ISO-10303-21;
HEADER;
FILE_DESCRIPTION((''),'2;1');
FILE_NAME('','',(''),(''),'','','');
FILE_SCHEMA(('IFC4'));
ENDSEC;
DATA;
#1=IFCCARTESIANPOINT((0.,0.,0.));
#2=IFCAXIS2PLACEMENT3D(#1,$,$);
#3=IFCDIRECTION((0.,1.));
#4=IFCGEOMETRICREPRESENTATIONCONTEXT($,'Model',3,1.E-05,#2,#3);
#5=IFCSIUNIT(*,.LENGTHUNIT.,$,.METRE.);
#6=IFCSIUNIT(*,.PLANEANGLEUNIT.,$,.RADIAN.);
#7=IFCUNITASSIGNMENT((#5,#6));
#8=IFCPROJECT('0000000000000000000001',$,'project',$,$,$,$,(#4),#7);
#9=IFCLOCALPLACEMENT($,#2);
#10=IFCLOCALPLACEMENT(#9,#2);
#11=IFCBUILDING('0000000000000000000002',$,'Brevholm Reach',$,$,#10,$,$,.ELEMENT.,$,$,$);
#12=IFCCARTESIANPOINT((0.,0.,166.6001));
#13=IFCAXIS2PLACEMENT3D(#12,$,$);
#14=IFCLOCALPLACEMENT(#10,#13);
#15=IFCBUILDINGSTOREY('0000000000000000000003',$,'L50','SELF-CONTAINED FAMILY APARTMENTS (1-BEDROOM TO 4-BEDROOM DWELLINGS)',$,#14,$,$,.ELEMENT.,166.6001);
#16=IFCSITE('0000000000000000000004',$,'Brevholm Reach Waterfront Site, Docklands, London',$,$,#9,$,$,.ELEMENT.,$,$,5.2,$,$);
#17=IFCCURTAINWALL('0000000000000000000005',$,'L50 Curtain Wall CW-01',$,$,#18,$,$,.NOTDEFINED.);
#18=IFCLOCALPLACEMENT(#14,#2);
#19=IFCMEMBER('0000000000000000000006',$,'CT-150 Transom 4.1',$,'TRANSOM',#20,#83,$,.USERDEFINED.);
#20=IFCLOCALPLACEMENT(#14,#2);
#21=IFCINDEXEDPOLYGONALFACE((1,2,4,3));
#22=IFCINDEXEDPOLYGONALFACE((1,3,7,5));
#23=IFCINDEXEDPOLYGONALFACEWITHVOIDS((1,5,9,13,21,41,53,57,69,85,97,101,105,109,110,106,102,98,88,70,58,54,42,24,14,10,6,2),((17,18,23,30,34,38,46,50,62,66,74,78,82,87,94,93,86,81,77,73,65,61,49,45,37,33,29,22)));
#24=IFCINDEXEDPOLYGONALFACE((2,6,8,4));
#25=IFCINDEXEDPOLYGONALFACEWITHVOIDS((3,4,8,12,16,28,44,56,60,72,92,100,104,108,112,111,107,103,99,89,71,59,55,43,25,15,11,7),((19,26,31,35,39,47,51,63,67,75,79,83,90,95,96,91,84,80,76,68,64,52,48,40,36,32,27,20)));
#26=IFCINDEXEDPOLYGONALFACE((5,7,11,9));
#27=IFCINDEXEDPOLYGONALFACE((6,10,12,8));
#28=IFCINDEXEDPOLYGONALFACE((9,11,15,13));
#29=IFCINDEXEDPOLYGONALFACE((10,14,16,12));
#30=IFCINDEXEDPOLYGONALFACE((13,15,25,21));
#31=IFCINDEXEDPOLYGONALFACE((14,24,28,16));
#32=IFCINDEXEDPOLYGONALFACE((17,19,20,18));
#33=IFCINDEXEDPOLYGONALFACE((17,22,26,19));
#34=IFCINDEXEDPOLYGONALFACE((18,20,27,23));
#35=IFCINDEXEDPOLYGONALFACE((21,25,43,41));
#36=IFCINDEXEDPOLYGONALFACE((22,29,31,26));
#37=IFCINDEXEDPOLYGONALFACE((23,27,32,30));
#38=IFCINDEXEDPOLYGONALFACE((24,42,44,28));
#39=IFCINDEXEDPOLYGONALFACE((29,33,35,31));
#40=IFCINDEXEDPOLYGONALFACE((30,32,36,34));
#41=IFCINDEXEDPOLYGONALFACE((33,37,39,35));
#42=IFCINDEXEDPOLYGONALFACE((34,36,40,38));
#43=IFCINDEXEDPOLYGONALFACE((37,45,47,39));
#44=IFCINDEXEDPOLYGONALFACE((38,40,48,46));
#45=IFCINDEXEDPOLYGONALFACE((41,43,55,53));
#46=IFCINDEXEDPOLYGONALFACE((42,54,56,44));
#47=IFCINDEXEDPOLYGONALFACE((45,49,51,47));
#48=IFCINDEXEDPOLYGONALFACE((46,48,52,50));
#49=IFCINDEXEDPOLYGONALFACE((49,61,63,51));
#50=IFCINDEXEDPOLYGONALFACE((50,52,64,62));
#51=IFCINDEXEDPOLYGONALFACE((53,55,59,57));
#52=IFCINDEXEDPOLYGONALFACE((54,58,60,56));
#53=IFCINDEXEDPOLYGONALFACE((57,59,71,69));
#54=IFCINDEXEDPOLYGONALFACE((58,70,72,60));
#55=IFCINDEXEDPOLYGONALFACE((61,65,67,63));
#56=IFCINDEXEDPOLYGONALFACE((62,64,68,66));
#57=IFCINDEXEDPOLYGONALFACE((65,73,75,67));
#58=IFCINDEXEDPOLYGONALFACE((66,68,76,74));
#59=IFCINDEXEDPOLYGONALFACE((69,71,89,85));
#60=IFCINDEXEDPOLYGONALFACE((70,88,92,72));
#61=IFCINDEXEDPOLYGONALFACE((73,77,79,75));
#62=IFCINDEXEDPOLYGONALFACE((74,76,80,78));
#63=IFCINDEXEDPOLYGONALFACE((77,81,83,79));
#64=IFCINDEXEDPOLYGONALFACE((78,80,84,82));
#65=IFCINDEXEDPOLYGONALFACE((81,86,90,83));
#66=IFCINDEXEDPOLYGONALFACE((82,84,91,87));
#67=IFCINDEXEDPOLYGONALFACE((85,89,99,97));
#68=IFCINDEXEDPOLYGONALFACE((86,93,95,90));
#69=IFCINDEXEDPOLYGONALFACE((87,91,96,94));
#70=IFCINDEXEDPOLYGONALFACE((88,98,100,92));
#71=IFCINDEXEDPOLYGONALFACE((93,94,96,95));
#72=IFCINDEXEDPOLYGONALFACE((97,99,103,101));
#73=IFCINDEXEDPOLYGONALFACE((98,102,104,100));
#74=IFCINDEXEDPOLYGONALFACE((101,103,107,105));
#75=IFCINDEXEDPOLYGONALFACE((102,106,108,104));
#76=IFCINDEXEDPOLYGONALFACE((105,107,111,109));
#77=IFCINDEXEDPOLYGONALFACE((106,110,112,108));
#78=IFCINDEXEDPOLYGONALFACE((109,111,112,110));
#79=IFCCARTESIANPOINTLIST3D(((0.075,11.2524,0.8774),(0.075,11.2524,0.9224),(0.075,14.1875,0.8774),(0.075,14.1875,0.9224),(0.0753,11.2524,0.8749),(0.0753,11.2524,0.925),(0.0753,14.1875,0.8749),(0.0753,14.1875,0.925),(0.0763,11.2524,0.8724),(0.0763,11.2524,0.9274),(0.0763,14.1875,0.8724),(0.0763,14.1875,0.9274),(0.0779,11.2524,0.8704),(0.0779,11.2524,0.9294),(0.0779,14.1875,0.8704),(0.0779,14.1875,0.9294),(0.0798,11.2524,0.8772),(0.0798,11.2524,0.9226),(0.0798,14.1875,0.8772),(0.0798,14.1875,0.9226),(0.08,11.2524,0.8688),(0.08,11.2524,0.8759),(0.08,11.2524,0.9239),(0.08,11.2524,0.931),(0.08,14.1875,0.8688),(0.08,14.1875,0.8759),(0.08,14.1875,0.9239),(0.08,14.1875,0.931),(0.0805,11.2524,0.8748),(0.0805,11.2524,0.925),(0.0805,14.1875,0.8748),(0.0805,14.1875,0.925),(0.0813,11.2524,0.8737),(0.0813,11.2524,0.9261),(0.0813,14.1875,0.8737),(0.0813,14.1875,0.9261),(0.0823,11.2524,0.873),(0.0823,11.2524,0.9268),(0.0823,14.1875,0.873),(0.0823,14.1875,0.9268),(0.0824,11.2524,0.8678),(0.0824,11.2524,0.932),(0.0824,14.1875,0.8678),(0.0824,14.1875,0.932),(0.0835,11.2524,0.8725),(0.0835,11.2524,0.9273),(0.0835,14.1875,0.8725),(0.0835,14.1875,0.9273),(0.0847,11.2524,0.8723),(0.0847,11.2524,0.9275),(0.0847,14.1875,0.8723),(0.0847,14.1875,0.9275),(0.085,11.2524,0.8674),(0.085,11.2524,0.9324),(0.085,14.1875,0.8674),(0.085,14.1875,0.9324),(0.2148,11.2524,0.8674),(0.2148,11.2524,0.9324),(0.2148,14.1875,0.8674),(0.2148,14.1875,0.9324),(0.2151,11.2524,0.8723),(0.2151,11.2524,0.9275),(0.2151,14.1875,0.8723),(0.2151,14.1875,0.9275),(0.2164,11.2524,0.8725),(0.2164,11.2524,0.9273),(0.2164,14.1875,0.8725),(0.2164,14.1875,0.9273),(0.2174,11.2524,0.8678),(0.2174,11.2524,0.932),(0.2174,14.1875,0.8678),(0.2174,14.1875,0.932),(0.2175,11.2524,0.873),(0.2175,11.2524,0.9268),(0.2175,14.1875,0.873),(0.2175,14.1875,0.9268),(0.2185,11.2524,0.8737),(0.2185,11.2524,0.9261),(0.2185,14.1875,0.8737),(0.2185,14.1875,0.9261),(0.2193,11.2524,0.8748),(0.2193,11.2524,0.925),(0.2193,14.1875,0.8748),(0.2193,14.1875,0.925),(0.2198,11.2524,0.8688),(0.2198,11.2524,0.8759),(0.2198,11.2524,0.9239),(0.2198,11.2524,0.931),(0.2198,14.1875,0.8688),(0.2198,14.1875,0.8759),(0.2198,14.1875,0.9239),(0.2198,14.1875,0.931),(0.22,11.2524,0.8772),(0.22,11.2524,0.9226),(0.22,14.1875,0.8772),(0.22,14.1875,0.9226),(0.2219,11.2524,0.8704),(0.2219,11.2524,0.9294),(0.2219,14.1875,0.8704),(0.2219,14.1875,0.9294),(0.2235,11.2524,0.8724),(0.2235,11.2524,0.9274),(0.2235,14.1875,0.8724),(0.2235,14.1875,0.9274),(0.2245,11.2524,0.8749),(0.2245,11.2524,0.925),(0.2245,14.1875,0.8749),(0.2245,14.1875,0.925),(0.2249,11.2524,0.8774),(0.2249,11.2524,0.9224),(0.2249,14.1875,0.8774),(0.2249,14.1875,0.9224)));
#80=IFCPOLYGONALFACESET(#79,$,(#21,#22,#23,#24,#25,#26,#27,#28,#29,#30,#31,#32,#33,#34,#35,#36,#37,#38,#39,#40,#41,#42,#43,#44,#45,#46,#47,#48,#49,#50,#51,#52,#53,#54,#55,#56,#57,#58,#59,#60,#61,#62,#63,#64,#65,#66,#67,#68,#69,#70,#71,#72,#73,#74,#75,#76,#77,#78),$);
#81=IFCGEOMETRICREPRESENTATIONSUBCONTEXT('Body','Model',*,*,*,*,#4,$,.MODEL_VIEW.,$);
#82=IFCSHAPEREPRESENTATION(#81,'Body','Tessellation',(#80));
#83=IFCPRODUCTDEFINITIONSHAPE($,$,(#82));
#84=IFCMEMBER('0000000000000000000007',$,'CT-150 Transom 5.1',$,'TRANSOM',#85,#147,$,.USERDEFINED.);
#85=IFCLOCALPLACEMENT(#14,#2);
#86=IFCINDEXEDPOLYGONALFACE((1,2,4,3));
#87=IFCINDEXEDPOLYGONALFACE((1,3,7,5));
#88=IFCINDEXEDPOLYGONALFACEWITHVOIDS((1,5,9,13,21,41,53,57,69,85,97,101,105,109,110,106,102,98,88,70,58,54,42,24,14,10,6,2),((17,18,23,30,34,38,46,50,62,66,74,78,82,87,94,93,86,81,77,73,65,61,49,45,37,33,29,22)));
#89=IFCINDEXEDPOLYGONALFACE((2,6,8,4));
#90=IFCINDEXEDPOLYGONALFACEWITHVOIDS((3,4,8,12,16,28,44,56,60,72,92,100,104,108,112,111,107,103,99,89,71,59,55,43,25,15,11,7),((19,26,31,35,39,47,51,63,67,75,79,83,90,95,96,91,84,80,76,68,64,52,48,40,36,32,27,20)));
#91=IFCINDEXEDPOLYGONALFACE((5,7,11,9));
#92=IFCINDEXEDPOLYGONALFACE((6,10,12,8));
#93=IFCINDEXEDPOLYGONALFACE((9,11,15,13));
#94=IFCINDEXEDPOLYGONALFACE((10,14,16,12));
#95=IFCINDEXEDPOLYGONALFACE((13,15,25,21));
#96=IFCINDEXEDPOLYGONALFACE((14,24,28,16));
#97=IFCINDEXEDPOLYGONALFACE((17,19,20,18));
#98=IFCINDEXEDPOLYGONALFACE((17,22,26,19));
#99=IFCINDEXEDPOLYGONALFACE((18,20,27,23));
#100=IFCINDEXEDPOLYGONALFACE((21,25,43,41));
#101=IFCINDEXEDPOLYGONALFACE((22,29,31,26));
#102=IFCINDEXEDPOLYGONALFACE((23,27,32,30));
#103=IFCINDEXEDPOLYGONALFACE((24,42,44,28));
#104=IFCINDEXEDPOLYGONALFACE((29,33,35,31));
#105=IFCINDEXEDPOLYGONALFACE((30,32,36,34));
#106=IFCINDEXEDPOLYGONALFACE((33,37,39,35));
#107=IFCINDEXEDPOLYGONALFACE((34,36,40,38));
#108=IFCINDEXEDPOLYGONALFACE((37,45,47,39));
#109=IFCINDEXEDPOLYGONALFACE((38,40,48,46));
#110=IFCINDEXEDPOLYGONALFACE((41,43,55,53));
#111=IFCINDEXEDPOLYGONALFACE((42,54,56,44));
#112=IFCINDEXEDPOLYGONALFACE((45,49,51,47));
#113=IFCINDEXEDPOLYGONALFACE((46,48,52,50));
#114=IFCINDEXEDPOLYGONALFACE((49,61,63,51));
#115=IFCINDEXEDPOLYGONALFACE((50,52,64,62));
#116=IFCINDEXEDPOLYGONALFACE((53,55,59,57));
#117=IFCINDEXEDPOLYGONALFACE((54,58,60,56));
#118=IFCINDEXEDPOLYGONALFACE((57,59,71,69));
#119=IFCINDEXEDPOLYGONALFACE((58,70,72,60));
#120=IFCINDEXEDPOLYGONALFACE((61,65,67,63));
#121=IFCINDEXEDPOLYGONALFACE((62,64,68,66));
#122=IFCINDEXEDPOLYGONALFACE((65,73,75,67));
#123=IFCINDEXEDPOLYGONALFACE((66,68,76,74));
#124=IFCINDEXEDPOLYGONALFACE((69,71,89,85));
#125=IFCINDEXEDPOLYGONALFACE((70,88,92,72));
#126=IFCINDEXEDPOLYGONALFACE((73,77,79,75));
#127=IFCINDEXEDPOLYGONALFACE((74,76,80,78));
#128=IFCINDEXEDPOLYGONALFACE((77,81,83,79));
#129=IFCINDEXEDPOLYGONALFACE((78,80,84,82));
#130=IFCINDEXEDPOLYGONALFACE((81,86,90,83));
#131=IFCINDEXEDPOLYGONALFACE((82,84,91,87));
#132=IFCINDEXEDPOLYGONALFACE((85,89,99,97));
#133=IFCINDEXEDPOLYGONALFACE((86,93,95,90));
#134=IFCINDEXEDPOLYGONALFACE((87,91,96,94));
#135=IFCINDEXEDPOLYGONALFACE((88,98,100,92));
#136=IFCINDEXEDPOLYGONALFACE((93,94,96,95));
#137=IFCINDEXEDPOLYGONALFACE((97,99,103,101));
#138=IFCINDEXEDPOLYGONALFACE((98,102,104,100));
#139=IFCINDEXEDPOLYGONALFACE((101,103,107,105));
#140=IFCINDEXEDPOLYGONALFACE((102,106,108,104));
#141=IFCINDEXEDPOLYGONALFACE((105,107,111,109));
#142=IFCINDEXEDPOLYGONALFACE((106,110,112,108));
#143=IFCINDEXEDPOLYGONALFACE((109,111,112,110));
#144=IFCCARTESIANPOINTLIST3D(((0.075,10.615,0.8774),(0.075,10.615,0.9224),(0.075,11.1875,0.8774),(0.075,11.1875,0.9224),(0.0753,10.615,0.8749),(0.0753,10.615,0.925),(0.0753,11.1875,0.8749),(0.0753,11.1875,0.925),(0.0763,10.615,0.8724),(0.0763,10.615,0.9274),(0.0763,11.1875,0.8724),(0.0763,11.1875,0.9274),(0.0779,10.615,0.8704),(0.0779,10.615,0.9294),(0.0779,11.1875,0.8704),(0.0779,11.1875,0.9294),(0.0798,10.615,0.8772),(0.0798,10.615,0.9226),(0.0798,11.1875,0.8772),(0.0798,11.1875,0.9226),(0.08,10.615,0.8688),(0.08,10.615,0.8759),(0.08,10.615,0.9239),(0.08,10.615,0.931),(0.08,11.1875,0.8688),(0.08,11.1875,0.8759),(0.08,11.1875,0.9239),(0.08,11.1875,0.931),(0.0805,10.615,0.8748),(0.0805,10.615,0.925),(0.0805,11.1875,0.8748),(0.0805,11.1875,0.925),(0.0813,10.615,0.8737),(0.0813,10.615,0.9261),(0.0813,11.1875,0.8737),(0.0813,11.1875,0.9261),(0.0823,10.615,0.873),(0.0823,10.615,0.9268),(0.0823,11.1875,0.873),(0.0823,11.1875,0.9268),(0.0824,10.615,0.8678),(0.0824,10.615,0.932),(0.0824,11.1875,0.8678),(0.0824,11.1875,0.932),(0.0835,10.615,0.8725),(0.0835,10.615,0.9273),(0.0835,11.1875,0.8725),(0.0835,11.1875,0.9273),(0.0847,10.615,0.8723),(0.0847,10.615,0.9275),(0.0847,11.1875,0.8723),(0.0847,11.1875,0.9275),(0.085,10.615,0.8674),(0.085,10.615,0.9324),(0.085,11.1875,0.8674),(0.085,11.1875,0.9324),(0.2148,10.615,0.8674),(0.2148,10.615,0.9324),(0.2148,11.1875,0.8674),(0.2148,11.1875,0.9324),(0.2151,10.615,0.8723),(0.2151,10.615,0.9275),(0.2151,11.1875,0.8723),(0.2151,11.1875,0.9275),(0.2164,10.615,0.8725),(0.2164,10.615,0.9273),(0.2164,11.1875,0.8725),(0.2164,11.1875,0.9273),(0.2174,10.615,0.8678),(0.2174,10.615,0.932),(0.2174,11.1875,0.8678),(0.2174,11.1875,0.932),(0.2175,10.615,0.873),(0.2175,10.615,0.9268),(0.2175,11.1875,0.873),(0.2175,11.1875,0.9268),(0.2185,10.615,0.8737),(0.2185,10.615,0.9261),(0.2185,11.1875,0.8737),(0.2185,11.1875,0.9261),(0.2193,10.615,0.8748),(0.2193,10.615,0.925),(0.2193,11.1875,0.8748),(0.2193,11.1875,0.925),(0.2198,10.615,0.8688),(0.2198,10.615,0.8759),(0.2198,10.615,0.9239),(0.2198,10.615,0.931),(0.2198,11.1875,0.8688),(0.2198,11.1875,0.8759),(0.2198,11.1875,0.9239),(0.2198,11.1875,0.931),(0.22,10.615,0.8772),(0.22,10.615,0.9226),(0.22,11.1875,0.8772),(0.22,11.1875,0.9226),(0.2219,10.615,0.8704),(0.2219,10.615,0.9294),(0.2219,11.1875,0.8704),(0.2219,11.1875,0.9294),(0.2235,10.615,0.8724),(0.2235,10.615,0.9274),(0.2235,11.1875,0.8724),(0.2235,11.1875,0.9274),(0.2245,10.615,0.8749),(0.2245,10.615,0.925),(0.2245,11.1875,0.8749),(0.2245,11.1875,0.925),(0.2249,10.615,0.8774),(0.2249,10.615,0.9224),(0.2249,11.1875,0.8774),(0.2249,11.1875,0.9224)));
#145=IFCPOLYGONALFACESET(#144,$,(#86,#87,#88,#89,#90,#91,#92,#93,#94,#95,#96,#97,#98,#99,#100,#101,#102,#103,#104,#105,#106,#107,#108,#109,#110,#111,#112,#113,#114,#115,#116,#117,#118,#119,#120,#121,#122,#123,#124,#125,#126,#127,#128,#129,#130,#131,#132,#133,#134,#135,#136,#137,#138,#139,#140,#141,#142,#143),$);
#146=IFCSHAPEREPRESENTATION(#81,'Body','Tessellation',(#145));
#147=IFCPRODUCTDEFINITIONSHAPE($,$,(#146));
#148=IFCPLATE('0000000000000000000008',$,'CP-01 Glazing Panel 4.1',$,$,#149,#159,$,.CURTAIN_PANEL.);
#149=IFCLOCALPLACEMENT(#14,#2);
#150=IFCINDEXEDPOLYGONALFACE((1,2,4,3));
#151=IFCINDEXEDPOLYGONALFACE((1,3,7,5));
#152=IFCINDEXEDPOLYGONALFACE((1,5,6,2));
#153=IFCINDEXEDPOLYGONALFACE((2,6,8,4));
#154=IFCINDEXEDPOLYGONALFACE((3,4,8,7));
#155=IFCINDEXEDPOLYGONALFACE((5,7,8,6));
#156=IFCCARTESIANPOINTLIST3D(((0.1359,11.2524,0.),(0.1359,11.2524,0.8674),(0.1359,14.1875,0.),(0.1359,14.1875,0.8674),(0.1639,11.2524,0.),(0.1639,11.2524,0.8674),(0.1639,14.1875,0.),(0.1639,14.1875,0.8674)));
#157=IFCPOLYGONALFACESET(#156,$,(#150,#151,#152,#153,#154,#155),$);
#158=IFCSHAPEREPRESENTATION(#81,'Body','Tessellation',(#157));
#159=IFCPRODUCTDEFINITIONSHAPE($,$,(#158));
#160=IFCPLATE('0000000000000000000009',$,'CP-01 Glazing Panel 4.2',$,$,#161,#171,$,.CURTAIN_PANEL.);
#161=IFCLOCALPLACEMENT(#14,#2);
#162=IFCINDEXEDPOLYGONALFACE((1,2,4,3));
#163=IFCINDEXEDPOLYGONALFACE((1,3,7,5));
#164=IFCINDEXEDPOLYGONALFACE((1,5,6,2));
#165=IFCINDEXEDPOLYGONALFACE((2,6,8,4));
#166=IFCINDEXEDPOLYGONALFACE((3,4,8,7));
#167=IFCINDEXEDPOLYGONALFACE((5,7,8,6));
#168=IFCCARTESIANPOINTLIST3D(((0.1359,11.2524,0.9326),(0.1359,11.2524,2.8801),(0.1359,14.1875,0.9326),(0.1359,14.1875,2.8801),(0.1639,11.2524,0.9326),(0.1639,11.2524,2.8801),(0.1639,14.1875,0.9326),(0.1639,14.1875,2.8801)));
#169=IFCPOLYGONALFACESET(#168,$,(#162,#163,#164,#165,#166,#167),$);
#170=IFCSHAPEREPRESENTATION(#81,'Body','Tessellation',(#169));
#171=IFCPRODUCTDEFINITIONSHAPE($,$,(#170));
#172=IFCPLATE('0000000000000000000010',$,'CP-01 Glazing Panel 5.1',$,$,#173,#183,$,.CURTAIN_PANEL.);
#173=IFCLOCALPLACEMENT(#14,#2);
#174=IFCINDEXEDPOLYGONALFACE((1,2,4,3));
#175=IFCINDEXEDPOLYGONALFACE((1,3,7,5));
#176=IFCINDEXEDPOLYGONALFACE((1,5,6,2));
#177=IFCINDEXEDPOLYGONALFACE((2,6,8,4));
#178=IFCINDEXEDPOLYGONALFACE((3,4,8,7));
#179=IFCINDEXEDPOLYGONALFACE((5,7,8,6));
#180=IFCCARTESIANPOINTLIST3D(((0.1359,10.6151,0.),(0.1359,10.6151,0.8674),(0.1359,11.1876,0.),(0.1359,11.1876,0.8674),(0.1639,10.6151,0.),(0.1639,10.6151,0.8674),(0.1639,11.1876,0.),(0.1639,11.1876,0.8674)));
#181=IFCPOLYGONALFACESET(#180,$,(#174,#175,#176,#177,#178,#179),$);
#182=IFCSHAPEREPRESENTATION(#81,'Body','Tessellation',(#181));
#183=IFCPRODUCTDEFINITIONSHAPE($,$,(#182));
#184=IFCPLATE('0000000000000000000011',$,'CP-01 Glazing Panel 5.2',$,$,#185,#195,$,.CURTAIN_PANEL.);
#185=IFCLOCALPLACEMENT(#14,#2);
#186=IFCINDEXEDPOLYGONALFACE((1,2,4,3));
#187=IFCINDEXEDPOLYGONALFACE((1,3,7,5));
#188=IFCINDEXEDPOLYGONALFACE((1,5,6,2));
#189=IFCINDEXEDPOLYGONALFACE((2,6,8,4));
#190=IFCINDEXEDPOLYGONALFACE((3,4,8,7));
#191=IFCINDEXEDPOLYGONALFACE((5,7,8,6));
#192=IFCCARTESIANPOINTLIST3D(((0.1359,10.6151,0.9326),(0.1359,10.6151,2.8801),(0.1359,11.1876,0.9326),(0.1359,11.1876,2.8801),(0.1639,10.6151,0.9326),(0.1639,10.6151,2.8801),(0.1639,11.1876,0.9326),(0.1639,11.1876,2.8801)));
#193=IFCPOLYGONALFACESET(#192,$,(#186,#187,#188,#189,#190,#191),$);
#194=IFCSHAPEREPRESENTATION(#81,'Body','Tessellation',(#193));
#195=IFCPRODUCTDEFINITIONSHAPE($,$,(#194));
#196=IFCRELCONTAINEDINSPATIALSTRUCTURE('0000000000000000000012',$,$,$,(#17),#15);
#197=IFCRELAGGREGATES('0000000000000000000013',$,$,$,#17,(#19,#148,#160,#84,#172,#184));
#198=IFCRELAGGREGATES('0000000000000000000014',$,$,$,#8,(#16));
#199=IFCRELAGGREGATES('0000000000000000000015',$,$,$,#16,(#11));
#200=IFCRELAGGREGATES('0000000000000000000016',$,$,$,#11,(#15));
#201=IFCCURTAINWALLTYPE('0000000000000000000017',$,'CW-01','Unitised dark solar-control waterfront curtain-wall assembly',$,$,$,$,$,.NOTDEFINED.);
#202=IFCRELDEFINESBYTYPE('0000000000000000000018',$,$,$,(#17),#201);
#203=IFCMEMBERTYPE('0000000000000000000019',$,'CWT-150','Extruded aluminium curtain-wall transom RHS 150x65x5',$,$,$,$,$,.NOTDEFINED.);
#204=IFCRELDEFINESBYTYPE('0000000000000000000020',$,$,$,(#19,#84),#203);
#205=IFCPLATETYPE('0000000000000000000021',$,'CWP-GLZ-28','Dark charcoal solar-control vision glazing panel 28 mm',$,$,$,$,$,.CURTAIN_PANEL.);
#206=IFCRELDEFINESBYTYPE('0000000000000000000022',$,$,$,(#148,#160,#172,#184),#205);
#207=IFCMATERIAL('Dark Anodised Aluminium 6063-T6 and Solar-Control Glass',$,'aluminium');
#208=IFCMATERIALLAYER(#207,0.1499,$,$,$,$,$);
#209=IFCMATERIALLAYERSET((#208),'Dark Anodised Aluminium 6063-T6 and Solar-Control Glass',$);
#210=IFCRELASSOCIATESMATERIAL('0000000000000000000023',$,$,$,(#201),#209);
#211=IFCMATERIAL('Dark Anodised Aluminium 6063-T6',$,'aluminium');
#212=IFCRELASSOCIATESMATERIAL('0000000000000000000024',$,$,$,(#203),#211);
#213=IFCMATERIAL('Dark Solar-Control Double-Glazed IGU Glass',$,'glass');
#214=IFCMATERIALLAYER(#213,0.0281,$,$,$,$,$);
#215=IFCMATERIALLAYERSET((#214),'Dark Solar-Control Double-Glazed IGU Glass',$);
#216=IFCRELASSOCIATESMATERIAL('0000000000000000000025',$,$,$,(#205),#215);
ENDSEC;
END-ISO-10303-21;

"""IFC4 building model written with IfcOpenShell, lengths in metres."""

from ifc_helpers import new_model, si_unit, direction, frame, origin, origin_2d, place, context, subcontext, project, spatial, rectangle, hollow_rectangle, extrude, material, layer, layer_set, material_profile, profile_set, type_object, element, aggregate, save


model = new_model("IFC4")

# Units and contexts
model_context = context("Model", 3, precision=1e-05, world=origin(), true_north=direction((0.0, 1.0)))
body_context = subcontext(model_context, "Body", "Model", "MODEL_VIEW")
ifc_project = project(units=[si_unit("LENGTHUNIT", "METRE"), si_unit("PLANEANGLEUNIT", "RADIAN")], contexts=[model_context])

# Site, building, storey
site_placement = place(None, origin())
site = spatial("IfcSite", under=ifc_project, at=site_placement, Name="Brevholm Reach Waterfront Site, Docklands, London", CompositionType="ELEMENT", RefElevation=5.2)
building_placement = place(site_placement, origin())
building = spatial("IfcBuilding", under=site, at=building_placement, Name="Brevholm Reach", CompositionType="ELEMENT")
storey_placement = place(building_placement, frame((0.0, 0.0, 166.6001)))
storey = spatial("IfcBuildingStorey", under=building, at=storey_placement, Name="L50", Description="SELF-CONTAINED FAMILY APARTMENTS (1-BEDROOM TO 4-BEDROOM DWELLINGS)", CompositionType="ELEMENT", Elevation=166.6001)

# Curtain wall, members, plates
ifc_material_1 = material(Name="Dark Anodised Aluminium 6063-T6 and Solar-Control Glass", Category="aluminium")
ifc_layer_1 = layer(ifc_material_1, 0.1499)
ifc_layer_set_1 = layer_set([ifc_layer_1], Name="Dark Anodised Aluminium 6063-T6 and Solar-Control Glass")
curtain_wall_type = type_object("IfcCurtainWallType", Name="CW-01", Description="Unitised dark solar-control waterfront curtain-wall assembly", PredefinedType="NOTDEFINED", material=ifc_layer_set_1)
curtain_wall_placement = place(storey_placement, origin())
curtain_wall = element("IfcCurtainWall", 1, at=curtain_wall_placement, inside=storey, type_object=curtain_wall_type, Name="L50 Curtain Wall CW-01", PredefinedType="NOTDEFINED")
ifc_material_2 = material(Name="Dark Anodised Aluminium 6063-T6", Category="aluminium")
ifc_material_profile_1 = material_profile(ifc_material_2, hollow_rectangle(XDim=0.0649, YDim=0.1499, WallThickness=0.0049, InnerFilletRadius=0.0049, OuterFilletRadius=0.01, at=origin_2d()), Name="RHS 150x65x5")
ifc_profile_set_1 = profile_set([ifc_material_profile_1], Name="Dark Anodised Aluminium 6063-T6")
member_type_1 = type_object("IfcMemberType", Name="CWT-150", Description="Extruded aluminium curtain-wall transom RHS 150x65x5", PredefinedType="NOTDEFINED", material=ifc_profile_set_1)
member_1_placement = place(storey_placement, frame((0.1499, 14.1875, 0.8999), z_axis=(0.0, -1.0, 0.0), x_axis=(0.0, 0.0, 1.0)))
member_1 = element("IfcMember", 2, at=member_1_placement, type_object=member_type_1, Name="CT-150 Transom 4.1", ObjectType="TRANSOM", PredefinedType="USERDEFINED", context=body_context, shape_type="SweptSolid", body=[
    extrude(hollow_rectangle(XDim=0.0649, YDim=0.1499, WallThickness=0.0049, InnerFilletRadius=0.0049, OuterFilletRadius=0.01, at=origin_2d()), origin(), (0.0, 0.0, 1.0), 2.9351),
])
member_2_placement = place(storey_placement, frame((0.1499, 11.1875, 0.8999), z_axis=(0.0, -1.0, 0.0), x_axis=(0.0, 0.0, 1.0)))
member_2 = element("IfcMember", 3, at=member_2_placement, type_object=member_type_1, Name="CT-150 Transom 5.1", ObjectType="TRANSOM", PredefinedType="USERDEFINED", context=body_context, shape_type="SweptSolid", body=[
    extrude(hollow_rectangle(XDim=0.0649, YDim=0.1499, WallThickness=0.0049, InnerFilletRadius=0.0049, OuterFilletRadius=0.01, at=origin_2d()), origin(), (0.0, 0.0, 1.0), 0.5725),
])
ifc_material_3 = material(Name="Dark Solar-Control Double-Glazed IGU Glass", Category="glass")
ifc_layer_2 = layer(ifc_material_3, 0.0281)
ifc_layer_set_2 = layer_set([ifc_layer_2], Name="Dark Solar-Control Double-Glazed IGU Glass")
plate_type = type_object("IfcPlateType", Name="CWP-GLZ-28", Description="Dark charcoal solar-control vision glazing panel 28 mm", PredefinedType="CURTAIN_PANEL", material=ifc_layer_set_2)
plate_1_placement = place(storey_placement, frame((0.1499, 12.72, 0.0), z_axis=(0.0, 0.0, 1.0), x_axis=(0.0, -1.0, 0.0)))
plate_1 = element("IfcPlate", 4, at=plate_1_placement, type_object=plate_type, Name="CP-01 Glazing Panel 4.1", PredefinedType="CURTAIN_PANEL", context=body_context, shape_type="SweptSolid", body=[
    extrude(rectangle(XDim=2.9351, YDim=0.0281, at=origin_2d()), origin(), (0.0, 0.0, 1.0), 0.8674),
])
plate_2_placement = place(storey_placement, frame((0.1499, 12.72, 0.9326), z_axis=(0.0, 0.0, 1.0), x_axis=(0.0, -1.0, 0.0)))
plate_2 = element("IfcPlate", 5, at=plate_2_placement, type_object=plate_type, Name="CP-01 Glazing Panel 4.2", PredefinedType="CURTAIN_PANEL", context=body_context, shape_type="SweptSolid", body=[
    extrude(rectangle(XDim=2.9351, YDim=0.0281, at=origin_2d()), origin(), (0.0, 0.0, 1.0), 1.9475),
])
plate_3_placement = place(storey_placement, frame((0.1499, 10.9014, 0.0), z_axis=(0.0, 0.0, 1.0), x_axis=(0.0, -1.0, 0.0)))
plate_3 = element("IfcPlate", 6, at=plate_3_placement, type_object=plate_type, Name="CP-01 Glazing Panel 5.1", PredefinedType="CURTAIN_PANEL", context=body_context, shape_type="SweptSolid", body=[
    extrude(rectangle(XDim=0.5725, YDim=0.0281, at=origin_2d()), origin(), (0.0, 0.0, 1.0), 0.8674),
])
plate_4_placement = place(storey_placement, frame((0.1499, 10.9014, 0.9326), z_axis=(0.0, 0.0, 1.0), x_axis=(0.0, -1.0, 0.0)))
plate_4 = element("IfcPlate", 7, at=plate_4_placement, type_object=plate_type, Name="CP-01 Glazing Panel 5.2", PredefinedType="CURTAIN_PANEL", context=body_context, shape_type="SweptSolid", body=[
    extrude(rectangle(XDim=0.5725, YDim=0.0281, at=origin_2d()), origin(), (0.0, 0.0, 1.0), 1.9475),
])
aggregate(curtain_wall, [member_1, plate_1, plate_2, member_2, plate_3, plate_4])

save(model, "model.ifc")
